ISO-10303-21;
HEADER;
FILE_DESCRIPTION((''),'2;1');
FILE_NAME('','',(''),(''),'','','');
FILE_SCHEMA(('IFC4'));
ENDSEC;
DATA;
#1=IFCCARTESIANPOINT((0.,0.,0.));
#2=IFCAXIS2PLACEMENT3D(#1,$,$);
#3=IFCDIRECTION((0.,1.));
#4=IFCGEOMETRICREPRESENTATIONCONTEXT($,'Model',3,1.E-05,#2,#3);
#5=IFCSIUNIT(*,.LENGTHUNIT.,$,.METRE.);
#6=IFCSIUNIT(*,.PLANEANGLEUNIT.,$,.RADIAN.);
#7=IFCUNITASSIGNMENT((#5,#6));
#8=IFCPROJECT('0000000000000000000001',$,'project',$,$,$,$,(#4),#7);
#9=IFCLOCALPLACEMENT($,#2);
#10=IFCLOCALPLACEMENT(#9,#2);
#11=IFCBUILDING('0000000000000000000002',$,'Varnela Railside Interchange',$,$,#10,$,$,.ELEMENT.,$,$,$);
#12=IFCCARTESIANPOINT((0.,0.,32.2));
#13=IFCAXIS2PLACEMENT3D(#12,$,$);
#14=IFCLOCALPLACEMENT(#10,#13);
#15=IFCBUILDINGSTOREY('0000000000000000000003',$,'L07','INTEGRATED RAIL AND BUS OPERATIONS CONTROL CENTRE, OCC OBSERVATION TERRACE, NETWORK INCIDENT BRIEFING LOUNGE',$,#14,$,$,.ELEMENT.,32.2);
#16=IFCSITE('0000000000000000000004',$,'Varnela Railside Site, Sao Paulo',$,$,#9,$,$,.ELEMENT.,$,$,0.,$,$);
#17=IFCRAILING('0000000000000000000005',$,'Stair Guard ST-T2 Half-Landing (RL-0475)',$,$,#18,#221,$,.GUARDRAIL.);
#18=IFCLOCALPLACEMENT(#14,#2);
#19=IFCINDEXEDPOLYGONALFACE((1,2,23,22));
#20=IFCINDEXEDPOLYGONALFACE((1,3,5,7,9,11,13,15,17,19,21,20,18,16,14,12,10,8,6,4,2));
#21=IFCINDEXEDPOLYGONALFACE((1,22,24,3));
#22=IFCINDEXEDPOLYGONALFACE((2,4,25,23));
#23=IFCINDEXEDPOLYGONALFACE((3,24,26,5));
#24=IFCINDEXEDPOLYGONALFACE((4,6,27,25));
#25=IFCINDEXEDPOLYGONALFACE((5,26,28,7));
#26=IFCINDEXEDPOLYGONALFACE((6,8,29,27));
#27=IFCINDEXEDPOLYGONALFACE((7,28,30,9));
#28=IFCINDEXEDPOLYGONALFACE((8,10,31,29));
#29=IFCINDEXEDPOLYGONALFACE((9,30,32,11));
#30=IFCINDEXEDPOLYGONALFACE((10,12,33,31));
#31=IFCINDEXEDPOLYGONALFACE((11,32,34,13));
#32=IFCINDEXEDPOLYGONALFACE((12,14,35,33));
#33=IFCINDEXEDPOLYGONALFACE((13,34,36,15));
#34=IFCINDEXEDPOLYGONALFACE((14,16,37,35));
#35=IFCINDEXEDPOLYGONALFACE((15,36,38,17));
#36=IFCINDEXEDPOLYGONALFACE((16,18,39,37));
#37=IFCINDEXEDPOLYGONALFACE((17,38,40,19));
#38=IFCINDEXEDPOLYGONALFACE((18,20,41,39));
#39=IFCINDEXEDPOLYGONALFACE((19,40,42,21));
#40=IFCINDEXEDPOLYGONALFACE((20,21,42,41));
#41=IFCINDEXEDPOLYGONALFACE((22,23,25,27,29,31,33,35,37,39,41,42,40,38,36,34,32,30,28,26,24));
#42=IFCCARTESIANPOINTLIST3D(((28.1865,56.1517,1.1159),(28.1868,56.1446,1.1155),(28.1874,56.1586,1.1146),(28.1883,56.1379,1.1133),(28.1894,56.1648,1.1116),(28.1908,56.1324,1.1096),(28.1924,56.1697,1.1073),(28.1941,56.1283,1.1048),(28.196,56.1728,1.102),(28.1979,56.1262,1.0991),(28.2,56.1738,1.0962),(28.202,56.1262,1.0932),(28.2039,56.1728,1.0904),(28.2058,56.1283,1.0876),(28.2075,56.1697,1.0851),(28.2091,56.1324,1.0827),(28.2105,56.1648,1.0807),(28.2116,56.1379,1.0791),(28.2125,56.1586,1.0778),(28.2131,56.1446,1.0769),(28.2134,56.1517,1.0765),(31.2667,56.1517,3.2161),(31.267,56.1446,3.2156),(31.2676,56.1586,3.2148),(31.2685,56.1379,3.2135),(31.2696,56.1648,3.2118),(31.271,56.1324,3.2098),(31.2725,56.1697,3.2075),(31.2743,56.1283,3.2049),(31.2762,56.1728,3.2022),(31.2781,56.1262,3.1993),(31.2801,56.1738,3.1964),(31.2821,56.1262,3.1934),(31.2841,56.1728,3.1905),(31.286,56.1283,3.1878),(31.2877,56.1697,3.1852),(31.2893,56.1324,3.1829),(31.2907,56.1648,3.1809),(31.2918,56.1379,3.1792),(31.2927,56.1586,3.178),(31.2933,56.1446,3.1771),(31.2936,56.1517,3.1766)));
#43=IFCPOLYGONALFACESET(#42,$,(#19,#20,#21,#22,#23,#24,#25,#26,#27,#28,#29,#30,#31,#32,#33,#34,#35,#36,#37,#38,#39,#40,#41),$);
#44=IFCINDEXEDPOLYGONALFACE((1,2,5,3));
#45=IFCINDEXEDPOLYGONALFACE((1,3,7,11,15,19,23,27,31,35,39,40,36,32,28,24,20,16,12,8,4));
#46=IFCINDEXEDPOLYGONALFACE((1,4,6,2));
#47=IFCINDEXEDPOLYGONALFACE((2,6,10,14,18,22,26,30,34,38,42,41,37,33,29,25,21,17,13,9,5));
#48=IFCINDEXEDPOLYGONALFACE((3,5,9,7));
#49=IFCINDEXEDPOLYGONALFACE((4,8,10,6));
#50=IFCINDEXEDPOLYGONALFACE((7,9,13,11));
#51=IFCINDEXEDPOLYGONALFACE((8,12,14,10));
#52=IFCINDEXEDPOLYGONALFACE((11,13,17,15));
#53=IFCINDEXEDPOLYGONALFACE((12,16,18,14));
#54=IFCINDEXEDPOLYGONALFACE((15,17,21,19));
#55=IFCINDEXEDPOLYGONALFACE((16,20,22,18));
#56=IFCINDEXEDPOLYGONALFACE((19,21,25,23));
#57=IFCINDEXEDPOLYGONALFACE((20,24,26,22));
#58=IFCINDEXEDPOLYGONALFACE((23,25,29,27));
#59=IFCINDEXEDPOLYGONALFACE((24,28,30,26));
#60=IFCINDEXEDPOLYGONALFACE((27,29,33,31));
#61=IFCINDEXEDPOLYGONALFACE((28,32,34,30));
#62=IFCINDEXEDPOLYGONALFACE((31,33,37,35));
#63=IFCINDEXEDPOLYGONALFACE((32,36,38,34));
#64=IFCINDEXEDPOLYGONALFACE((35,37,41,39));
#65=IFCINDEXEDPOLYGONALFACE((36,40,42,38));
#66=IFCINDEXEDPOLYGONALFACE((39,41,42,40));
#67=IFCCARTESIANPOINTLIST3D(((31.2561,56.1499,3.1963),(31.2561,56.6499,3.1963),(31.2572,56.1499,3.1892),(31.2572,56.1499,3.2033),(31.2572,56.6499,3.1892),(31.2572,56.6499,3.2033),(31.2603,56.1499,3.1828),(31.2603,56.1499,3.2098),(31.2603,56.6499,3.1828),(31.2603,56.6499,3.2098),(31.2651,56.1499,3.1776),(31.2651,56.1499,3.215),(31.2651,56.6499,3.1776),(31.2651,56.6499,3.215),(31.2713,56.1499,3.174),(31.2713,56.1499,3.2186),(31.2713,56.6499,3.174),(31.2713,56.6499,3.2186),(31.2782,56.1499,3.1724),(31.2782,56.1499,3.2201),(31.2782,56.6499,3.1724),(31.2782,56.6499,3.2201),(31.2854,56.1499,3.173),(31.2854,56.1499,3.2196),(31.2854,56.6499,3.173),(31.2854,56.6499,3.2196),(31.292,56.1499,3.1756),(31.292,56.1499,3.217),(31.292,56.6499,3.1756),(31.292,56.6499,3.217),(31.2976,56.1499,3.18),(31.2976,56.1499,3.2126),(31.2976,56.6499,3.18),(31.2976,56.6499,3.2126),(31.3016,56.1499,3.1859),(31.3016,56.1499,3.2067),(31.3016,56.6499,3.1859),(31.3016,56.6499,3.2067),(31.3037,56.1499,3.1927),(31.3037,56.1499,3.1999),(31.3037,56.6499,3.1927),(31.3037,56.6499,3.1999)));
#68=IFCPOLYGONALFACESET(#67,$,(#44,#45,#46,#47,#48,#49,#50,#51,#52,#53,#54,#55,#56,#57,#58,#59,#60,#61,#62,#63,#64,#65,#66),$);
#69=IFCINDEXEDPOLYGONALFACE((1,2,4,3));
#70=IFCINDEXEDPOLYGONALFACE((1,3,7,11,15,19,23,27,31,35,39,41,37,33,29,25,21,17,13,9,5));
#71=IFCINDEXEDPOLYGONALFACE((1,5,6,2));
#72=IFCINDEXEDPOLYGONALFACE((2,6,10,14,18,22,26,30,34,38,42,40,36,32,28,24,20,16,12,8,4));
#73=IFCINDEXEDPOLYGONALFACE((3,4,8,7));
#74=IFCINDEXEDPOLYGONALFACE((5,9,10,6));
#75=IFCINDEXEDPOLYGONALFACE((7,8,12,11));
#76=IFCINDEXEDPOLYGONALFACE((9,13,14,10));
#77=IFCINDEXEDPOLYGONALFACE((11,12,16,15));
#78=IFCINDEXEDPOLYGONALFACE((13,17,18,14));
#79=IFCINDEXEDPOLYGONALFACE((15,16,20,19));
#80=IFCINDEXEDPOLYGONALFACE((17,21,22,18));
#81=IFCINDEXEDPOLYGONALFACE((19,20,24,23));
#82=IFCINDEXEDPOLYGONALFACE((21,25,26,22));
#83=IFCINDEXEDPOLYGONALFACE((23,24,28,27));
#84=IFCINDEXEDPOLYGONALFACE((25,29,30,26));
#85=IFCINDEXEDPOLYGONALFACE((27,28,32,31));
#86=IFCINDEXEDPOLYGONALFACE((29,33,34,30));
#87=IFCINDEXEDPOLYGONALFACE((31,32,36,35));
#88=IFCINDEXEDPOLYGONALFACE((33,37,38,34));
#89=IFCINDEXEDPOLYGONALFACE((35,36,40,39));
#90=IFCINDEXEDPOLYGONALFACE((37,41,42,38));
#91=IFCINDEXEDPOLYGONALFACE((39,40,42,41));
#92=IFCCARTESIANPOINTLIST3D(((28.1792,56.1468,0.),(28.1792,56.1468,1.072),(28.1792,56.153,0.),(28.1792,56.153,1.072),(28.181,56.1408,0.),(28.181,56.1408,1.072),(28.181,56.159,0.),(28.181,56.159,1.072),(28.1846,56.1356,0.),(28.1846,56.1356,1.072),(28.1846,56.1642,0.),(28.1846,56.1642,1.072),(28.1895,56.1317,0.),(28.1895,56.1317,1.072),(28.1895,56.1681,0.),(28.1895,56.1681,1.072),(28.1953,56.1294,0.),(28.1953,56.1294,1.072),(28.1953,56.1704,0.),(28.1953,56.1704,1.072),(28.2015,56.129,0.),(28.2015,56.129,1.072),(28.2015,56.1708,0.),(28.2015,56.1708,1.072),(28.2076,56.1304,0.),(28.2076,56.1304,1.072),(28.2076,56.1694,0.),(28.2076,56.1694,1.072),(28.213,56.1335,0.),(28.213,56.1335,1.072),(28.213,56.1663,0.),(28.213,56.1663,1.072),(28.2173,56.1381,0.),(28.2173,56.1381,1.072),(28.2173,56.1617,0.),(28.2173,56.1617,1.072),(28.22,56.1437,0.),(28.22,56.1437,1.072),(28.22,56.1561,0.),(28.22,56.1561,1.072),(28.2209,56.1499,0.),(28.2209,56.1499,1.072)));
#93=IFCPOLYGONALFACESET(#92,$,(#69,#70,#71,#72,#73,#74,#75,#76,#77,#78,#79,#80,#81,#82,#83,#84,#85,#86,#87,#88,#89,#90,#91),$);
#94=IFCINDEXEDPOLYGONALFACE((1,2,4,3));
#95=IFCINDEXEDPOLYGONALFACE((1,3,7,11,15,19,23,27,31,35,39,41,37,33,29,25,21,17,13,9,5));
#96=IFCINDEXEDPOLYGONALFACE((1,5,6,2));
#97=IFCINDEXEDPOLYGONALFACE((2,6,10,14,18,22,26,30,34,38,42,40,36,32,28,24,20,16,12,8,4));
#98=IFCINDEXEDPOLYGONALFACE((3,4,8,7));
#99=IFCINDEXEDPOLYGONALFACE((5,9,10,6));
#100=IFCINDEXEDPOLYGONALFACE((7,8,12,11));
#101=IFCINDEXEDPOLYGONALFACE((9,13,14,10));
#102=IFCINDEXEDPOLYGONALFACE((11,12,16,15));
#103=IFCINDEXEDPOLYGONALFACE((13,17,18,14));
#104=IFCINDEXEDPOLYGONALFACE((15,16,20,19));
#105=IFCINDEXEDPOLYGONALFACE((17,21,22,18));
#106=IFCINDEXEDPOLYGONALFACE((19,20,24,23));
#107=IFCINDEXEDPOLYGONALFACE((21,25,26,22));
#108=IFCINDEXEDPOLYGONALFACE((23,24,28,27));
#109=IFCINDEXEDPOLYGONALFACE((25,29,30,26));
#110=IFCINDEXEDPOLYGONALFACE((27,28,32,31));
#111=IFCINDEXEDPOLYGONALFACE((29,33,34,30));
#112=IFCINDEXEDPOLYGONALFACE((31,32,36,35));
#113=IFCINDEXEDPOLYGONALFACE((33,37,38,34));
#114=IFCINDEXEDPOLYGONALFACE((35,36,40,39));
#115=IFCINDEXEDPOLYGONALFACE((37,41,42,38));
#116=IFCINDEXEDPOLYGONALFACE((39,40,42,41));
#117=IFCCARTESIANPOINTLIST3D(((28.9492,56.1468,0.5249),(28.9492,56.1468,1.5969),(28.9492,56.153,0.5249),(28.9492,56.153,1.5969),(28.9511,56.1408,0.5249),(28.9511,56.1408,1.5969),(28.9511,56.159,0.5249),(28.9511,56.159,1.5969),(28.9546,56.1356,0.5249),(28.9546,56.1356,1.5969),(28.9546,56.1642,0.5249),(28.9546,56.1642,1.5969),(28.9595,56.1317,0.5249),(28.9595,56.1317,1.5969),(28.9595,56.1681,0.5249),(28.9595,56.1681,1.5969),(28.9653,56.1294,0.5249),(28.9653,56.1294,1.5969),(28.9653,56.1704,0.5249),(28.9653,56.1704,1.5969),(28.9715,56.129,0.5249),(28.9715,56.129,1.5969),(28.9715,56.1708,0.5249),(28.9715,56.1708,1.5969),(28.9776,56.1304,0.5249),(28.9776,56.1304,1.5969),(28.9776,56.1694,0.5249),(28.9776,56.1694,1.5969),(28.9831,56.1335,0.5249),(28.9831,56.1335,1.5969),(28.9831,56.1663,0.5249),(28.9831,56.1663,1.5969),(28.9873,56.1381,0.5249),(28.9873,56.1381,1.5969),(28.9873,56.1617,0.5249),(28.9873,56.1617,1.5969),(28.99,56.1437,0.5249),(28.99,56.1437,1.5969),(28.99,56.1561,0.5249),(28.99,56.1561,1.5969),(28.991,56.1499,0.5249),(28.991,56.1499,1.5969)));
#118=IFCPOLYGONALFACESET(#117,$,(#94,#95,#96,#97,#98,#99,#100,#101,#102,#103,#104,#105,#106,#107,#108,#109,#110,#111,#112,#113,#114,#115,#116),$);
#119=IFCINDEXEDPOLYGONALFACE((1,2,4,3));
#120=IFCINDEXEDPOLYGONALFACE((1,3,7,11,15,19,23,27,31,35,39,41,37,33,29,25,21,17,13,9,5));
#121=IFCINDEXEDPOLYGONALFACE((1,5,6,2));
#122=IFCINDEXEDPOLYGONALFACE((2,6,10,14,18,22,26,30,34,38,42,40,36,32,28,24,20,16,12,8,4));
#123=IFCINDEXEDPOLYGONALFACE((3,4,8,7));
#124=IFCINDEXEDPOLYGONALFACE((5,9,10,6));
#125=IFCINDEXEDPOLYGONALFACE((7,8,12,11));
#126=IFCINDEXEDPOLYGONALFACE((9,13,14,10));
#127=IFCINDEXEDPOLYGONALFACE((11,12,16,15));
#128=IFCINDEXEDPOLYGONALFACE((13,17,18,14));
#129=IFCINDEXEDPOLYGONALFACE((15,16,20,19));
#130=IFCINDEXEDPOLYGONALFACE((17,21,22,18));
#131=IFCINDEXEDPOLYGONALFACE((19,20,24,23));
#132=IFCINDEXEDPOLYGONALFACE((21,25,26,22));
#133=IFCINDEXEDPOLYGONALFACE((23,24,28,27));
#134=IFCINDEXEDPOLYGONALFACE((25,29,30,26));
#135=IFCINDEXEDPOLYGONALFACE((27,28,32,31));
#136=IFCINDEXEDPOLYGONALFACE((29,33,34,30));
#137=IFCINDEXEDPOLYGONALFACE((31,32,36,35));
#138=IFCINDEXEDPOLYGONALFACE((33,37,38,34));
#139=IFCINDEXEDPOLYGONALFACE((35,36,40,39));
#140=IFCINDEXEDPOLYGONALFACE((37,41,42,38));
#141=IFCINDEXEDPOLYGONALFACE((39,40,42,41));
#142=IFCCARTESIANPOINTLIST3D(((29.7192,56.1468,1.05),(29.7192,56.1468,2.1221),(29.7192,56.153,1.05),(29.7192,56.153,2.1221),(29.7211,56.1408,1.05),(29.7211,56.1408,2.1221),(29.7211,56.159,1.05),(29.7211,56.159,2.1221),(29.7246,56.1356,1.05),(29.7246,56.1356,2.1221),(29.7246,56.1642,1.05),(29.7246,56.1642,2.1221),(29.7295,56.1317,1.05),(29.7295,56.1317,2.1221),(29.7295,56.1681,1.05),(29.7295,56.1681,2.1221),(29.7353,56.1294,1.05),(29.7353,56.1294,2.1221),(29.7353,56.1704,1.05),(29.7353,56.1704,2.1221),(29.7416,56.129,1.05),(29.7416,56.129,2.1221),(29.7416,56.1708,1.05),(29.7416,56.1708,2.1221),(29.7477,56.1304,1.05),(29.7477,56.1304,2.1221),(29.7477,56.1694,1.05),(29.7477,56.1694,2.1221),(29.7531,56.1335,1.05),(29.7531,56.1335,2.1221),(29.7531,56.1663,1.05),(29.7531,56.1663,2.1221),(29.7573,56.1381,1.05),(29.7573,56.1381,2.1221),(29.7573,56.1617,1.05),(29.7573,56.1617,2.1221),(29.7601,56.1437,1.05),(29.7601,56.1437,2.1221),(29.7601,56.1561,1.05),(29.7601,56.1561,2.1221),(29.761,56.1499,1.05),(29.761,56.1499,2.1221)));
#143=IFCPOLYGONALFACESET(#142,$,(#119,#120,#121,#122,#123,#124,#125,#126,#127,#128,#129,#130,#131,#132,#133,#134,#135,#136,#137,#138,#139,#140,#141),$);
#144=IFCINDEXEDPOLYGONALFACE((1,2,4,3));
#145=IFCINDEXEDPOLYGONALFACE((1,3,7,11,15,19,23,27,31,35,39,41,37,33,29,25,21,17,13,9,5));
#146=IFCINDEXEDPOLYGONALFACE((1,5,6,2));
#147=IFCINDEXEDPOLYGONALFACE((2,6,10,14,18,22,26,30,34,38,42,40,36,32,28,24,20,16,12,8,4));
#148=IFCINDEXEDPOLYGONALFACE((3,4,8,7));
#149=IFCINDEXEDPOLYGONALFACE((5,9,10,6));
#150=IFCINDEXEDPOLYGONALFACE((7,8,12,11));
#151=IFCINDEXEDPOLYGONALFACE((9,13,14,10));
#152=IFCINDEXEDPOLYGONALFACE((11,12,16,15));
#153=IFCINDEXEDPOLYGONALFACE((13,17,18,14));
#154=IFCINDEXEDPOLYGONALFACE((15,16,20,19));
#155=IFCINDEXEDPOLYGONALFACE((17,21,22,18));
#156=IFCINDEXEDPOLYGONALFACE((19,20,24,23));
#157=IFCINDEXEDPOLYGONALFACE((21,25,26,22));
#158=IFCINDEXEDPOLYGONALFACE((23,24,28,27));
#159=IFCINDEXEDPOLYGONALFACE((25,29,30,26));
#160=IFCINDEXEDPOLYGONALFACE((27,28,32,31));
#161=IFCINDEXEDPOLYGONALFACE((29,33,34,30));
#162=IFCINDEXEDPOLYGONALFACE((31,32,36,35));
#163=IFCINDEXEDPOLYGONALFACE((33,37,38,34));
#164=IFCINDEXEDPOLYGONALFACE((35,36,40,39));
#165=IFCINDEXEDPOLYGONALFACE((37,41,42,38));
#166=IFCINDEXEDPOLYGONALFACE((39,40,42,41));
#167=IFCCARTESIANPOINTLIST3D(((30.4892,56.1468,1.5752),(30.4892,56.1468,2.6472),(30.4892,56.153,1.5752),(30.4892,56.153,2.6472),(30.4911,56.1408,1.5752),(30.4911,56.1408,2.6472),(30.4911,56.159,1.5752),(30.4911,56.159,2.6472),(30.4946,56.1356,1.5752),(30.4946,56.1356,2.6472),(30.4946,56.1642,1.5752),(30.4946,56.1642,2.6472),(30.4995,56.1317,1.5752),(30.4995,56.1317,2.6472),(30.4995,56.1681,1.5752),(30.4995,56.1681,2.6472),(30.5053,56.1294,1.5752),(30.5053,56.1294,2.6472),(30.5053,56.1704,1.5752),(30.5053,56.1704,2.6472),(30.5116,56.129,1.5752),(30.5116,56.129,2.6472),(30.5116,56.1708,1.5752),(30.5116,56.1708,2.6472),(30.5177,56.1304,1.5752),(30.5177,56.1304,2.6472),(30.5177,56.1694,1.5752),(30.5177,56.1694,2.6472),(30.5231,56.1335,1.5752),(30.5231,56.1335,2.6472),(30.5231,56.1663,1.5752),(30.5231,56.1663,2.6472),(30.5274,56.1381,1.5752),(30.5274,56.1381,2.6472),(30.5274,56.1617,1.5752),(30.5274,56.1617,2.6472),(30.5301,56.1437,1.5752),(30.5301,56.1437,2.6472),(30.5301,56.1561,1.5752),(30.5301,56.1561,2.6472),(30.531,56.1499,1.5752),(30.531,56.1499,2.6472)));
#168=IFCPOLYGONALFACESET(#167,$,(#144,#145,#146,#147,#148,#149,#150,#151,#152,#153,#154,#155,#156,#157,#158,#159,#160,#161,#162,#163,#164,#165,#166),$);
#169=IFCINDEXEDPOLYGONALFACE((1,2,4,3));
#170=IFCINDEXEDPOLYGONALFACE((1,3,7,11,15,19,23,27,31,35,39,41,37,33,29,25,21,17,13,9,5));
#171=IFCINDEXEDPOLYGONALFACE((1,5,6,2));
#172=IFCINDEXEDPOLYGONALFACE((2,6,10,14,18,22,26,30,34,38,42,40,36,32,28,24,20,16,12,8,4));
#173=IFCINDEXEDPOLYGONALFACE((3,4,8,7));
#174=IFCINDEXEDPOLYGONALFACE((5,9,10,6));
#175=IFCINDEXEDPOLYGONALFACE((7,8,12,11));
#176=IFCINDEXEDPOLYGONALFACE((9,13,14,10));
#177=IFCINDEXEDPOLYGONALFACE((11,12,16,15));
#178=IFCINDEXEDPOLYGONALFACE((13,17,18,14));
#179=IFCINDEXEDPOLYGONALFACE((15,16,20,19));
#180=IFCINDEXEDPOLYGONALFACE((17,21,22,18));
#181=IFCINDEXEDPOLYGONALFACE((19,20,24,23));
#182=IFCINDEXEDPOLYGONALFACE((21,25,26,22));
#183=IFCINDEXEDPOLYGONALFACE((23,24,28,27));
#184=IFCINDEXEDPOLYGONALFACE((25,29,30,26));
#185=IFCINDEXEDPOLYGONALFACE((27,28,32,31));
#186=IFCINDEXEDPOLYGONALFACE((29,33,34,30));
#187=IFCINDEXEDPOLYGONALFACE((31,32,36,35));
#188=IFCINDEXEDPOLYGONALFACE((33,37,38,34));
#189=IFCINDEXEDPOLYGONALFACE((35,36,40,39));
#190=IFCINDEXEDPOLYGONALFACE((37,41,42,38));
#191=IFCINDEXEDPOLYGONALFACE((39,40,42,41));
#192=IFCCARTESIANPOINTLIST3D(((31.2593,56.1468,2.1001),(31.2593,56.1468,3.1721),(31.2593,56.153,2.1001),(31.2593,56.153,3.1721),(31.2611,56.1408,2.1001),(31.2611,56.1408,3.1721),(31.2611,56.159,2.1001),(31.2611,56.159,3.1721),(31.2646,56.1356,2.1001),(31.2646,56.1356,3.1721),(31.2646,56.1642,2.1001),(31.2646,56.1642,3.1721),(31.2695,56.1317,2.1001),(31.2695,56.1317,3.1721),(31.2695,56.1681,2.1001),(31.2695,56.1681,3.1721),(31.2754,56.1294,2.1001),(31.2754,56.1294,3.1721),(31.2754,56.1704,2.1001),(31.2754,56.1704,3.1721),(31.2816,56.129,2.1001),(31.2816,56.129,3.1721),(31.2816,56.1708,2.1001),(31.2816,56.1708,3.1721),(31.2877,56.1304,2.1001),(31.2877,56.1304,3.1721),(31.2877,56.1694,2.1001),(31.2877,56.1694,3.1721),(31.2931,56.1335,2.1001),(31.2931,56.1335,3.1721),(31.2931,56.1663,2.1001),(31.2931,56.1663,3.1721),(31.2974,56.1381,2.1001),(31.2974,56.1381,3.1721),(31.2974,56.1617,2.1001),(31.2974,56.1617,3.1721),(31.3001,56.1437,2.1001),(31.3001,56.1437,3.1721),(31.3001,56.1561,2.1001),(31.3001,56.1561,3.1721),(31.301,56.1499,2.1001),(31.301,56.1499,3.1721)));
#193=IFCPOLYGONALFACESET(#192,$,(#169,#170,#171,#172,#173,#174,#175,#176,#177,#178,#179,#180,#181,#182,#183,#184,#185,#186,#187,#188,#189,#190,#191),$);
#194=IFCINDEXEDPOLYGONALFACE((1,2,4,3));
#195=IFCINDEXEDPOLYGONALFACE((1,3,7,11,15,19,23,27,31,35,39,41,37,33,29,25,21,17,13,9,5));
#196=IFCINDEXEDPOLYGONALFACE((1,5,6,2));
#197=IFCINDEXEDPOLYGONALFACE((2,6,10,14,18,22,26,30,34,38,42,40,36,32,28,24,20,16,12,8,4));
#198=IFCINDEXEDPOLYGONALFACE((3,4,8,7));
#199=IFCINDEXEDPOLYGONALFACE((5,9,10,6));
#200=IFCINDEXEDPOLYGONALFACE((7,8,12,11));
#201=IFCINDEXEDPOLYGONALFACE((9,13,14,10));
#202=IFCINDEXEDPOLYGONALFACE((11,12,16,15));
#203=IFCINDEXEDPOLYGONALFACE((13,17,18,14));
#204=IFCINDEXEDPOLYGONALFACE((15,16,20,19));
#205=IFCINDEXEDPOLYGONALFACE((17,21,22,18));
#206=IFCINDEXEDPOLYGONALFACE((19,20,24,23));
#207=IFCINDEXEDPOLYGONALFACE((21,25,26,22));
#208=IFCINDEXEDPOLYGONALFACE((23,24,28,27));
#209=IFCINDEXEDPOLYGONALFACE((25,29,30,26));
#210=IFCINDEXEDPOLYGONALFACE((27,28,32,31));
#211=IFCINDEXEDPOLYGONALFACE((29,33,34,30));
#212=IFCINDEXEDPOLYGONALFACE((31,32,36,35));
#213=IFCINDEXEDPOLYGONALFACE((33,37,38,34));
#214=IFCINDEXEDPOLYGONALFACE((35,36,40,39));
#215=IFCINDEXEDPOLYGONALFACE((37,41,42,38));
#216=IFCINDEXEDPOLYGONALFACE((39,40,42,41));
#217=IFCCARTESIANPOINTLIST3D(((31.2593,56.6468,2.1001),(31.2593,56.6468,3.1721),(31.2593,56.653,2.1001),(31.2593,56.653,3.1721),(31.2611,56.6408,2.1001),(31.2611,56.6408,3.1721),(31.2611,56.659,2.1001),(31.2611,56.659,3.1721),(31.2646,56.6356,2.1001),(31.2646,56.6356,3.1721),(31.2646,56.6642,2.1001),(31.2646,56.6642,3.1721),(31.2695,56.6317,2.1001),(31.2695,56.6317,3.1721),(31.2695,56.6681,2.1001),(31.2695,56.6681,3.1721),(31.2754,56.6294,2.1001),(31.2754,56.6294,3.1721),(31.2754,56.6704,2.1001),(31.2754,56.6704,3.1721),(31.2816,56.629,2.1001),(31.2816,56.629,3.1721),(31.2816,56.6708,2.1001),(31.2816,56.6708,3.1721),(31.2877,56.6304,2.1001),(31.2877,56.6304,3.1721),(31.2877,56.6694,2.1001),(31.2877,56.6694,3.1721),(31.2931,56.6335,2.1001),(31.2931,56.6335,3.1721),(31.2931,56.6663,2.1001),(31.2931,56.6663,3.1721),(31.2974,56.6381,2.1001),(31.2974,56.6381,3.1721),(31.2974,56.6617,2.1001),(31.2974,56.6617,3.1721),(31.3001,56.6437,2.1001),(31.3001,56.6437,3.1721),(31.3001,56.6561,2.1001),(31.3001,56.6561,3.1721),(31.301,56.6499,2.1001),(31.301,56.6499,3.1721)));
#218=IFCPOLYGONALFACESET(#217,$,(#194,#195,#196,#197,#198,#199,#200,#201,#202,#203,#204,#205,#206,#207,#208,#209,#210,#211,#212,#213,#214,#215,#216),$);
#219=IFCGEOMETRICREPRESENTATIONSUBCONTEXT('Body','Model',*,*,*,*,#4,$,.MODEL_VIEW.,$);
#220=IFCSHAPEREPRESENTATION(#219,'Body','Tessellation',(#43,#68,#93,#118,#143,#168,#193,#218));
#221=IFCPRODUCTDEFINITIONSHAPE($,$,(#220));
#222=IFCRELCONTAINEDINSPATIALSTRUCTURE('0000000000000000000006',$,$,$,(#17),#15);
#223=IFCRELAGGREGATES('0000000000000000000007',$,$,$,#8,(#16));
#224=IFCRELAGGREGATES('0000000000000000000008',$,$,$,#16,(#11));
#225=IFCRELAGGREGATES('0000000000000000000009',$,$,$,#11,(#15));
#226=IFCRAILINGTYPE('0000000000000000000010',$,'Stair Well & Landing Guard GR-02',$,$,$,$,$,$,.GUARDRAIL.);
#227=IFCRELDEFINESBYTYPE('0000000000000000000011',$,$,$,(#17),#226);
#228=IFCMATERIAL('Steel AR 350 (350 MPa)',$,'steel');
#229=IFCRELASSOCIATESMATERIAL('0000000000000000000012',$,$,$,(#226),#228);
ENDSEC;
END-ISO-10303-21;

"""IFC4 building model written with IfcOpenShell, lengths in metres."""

from ifc_helpers import new_model, si_unit, direction, frame, origin, origin_2d, place, context, subcontext, project, spatial, circle, extrude, material, type_object, element, save


model = new_model("IFC4")

# Units and contexts
model_context = context("Model", 3, precision=1e-05, world=origin(), true_north=direction((0.0, 1.0)))
body_context = subcontext(model_context, "Body", "Model", "MODEL_VIEW")
ifc_project = project(units=[si_unit("LENGTHUNIT", "METRE"), si_unit("PLANEANGLEUNIT", "RADIAN")], contexts=[model_context])

# Site, building, storey
site_placement = place(None, origin())
site = spatial("IfcSite", under=ifc_project, at=site_placement, Name="Varnela Railside Site, Sao Paulo", CompositionType="ELEMENT", RefElevation=0.0)
building_placement = place(site_placement, origin())
building = spatial("IfcBuilding", under=site, at=building_placement, Name="Varnela Railside Interchange", CompositionType="ELEMENT")
storey_placement = place(building_placement, frame((0.0, 0.0, 32.2)))
storey = spatial("IfcBuildingStorey", under=building, at=storey_placement, Name="L07", Description="INTEGRATED RAIL AND BUS OPERATIONS CONTROL CENTRE, OCC OBSERVATION TERRACE, NETWORK INCIDENT BRIEFING LOUNGE", CompositionType="ELEMENT", Elevation=32.2)

# Shared definitions
ifc_material_1 = material(Name="Steel AR 350 (350 MPa)", Category="steel")

# Railing
railing_type_1 = type_object("IfcRailingType", Name="Stair Well & Landing Guard GR-02", PredefinedType="GUARDRAIL", material=ifc_material_1)
railing_1_placement = place(storey_placement, frame((28.2, 56.1499, 0.0)))
element("IfcRailing", 1, at=railing_1_placement, inside=storey, type_object=railing_type_1, Name="Stair Guard ST-T2 Half-Landing (RL-0475)", PredefinedType="GUARDRAIL", context=body_context, shape_type="SweptSolid", body=[
    extrude(circle(Radius=0.0239, at=origin_2d()), frame((0.0, 0.0, 1.0962), z_axis=(0.826222, 0.0, 0.563345), x_axis=(0.0, 1.0, 0.0)), (0.0, 0.0, 1.0), 3.728),
    extrude(circle(Radius=0.0239, at=origin_2d()), frame((3.0801, 0.0, 3.1963), z_axis=(0.0, 1.0, 0.0), x_axis=(-1.0, 0.0, 0.0)), (0.0, 0.0, 1.0), 0.5),
    extrude(circle(Radius=0.021, at=origin_2d()), origin(), (0.0, 0.0, 1.0), 1.072),
    extrude(circle(Radius=0.021, at=origin_2d()), frame((0.77, 0.0, 0.5249)), (0.0, 0.0, 1.0), 1.072),
    extrude(circle(Radius=0.021, at=origin_2d()), frame((1.54, 0.0, 1.05)), (0.0, 0.0, 1.0), 1.072),
    extrude(circle(Radius=0.021, at=origin_2d()), frame((2.3101, 0.0, 1.5752)), (0.0, 0.0, 1.0), 1.072),
    extrude(circle(Radius=0.021, at=origin_2d()), frame((3.0801, 0.0, 2.1001)), (0.0, 0.0, 1.0), 1.072),
    extrude(circle(Radius=0.021, at=origin_2d()), frame((3.0801, 0.5, 2.1001)), (0.0, 0.0, 1.0), 1.072),
])

save(model, "model.ifc")
